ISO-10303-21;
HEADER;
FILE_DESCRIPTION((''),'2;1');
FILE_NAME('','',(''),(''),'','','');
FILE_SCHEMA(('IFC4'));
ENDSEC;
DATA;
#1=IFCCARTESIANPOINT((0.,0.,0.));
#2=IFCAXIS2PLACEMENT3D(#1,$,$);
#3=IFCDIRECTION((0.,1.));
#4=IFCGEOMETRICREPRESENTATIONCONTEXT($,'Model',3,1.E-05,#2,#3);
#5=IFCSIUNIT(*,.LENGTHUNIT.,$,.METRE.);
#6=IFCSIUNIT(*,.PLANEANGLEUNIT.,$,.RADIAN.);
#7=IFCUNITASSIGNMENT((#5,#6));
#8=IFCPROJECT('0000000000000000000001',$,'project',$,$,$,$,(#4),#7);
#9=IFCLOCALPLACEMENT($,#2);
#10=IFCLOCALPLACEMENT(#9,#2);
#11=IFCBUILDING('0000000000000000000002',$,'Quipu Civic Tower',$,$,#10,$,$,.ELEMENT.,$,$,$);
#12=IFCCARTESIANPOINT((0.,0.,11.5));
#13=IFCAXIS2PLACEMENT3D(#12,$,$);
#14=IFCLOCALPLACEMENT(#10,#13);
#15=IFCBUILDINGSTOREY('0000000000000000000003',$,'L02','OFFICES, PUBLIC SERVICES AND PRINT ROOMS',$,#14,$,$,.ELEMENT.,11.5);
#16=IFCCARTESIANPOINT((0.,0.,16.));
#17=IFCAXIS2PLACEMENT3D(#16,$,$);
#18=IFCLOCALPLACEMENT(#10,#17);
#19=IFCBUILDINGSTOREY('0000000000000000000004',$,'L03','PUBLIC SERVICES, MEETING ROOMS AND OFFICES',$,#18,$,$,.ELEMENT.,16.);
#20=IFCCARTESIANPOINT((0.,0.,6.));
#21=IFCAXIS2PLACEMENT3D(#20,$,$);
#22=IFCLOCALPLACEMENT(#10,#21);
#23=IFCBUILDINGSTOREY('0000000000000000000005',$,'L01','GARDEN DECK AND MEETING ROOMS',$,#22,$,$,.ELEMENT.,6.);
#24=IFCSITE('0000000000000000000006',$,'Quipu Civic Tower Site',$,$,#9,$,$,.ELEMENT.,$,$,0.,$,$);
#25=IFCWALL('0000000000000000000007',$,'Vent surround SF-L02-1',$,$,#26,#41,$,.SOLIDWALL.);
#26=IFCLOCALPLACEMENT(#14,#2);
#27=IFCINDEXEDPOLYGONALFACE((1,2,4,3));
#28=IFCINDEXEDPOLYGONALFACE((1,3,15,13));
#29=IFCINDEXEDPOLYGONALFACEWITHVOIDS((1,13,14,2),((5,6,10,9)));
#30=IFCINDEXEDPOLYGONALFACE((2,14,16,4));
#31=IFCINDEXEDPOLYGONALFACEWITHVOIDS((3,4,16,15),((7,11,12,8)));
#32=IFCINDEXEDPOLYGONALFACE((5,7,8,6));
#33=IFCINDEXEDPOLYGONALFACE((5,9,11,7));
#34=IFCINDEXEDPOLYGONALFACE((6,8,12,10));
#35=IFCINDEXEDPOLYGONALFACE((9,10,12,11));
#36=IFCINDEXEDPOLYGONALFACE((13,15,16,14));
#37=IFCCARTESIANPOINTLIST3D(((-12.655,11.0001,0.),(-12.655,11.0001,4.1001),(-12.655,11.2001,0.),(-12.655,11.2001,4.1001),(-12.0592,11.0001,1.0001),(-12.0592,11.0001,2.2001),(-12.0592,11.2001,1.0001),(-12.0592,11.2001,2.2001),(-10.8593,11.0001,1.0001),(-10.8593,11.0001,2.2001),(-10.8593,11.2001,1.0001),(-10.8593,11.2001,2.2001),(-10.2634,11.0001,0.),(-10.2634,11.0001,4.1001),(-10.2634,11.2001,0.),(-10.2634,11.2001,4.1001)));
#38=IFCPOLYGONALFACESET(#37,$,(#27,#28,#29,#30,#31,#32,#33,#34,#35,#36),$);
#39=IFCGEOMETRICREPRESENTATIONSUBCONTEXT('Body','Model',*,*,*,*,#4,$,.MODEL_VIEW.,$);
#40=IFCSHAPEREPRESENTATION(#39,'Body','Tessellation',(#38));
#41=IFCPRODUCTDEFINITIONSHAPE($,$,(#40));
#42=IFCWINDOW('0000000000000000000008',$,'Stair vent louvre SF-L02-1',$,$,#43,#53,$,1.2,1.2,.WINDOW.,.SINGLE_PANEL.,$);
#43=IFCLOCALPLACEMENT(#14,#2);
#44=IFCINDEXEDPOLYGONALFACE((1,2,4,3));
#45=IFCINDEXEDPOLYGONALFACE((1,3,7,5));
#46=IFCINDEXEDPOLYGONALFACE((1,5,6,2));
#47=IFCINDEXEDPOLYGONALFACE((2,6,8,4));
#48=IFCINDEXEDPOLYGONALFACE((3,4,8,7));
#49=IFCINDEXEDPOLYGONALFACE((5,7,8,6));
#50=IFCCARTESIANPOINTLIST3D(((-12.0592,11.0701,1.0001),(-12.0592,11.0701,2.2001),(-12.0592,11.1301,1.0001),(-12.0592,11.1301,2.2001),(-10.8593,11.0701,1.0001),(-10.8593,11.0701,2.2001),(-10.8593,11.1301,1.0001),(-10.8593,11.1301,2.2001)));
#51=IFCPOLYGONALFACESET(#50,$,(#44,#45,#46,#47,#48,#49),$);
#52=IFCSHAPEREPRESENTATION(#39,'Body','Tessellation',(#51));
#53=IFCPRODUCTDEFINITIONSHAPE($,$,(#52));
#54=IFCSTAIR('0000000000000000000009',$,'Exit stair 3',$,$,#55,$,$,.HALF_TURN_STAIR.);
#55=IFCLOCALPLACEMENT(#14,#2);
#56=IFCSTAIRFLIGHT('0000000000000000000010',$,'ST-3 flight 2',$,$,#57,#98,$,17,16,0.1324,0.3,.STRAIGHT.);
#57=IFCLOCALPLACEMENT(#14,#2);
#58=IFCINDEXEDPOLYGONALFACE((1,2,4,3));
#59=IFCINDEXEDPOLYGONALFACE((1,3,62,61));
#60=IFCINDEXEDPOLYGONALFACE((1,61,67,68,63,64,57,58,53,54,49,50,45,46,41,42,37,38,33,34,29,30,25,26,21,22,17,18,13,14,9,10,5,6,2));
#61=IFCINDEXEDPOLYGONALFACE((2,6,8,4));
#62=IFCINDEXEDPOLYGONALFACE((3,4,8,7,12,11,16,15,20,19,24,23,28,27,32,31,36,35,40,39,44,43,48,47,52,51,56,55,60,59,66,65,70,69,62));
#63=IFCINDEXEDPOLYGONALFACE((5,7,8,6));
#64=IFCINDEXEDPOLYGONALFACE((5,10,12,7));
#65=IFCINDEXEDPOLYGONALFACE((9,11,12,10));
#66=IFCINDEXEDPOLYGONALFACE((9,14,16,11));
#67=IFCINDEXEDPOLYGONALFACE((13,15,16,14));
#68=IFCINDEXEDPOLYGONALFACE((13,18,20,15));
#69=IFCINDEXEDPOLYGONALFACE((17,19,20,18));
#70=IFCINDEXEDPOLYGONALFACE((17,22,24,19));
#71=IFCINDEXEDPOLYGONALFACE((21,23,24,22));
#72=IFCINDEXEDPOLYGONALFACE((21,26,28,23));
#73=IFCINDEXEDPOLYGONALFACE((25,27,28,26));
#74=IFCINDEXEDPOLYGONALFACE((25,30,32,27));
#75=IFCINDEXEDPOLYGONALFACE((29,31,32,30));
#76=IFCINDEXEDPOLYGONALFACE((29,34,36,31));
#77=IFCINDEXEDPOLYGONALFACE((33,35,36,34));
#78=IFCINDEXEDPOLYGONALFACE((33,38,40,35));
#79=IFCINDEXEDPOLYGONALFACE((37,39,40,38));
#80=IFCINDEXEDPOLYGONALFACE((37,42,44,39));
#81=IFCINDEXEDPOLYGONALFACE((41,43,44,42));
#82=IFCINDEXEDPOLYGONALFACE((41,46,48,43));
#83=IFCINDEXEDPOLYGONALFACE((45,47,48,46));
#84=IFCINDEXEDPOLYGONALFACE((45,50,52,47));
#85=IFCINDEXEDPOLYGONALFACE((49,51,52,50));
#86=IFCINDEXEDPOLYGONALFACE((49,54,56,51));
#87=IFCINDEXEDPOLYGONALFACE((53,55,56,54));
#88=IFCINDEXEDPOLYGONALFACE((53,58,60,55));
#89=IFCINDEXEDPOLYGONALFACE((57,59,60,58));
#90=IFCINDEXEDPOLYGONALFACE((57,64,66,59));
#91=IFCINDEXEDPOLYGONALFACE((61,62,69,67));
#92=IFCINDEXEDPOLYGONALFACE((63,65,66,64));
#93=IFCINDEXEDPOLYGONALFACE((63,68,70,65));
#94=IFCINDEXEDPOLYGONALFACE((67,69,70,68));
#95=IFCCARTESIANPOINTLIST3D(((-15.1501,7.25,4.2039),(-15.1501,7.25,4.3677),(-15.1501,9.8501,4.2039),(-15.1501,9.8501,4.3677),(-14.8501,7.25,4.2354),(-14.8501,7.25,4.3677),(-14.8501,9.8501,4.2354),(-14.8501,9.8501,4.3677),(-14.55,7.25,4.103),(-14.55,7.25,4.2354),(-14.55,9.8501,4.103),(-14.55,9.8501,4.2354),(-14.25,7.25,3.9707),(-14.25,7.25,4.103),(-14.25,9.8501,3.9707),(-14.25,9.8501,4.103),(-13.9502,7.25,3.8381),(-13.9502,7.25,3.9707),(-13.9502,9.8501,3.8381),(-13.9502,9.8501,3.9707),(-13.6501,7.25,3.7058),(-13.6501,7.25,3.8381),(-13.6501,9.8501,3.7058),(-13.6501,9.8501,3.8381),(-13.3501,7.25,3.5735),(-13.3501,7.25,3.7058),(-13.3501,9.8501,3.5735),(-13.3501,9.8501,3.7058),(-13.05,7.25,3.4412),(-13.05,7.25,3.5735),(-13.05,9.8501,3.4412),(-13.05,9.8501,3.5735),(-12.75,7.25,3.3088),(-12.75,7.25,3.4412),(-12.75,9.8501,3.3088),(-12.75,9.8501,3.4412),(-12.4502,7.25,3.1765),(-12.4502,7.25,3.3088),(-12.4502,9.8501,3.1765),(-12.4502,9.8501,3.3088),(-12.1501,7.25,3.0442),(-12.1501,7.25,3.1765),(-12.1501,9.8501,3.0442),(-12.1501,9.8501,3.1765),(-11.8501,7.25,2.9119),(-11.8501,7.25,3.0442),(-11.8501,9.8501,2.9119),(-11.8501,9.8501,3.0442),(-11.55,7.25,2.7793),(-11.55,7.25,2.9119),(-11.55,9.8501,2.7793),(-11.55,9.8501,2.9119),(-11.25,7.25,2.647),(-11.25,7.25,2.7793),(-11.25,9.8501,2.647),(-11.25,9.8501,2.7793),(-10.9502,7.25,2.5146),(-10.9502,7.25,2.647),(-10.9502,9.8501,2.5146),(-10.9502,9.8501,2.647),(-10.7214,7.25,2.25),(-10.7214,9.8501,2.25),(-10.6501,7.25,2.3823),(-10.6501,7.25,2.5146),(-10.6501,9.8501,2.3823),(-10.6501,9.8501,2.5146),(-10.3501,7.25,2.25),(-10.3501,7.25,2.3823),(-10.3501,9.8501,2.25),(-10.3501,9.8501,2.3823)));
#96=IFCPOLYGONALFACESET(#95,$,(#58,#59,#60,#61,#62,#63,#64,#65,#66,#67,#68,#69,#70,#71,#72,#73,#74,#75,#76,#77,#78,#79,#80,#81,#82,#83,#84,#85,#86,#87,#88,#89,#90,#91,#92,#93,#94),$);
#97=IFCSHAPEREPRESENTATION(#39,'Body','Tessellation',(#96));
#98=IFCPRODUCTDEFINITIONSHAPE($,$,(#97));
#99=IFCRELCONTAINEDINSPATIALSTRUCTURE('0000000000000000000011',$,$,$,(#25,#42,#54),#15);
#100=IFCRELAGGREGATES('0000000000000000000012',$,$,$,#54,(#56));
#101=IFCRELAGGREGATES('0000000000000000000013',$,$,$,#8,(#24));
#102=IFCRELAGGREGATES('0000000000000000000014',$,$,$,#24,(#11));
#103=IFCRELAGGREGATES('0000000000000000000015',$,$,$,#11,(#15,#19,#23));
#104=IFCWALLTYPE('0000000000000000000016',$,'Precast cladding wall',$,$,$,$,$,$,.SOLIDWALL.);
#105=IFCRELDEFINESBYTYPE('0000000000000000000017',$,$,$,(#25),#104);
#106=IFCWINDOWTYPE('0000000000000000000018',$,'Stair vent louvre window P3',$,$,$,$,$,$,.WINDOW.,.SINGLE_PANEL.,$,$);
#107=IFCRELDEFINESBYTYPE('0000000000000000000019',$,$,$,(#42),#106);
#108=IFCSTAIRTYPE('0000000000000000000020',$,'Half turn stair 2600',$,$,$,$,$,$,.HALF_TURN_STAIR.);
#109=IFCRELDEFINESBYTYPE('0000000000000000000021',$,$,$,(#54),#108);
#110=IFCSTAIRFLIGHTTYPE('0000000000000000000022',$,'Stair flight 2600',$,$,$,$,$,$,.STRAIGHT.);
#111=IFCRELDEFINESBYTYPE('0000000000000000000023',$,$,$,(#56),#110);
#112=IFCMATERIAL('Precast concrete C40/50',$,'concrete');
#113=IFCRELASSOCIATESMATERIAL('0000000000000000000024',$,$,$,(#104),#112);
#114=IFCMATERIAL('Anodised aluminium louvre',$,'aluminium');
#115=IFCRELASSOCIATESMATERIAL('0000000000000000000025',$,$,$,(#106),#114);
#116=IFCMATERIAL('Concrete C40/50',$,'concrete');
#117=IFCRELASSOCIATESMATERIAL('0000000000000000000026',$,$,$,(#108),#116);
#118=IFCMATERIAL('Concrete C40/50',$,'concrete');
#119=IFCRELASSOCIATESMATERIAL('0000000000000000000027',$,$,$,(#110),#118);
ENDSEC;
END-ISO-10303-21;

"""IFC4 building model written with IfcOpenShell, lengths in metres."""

from ifc_helpers import new_model, si_unit, direction, frame, frame_2d, origin, place, context, subcontext, project, spatial, polyline, rectangle, outline, extrude, material, type_object, element, fill, aggregate, save


model = new_model("IFC4")

# Units and contexts
model_context = context("Model", 3, precision=1e-05, world=origin(), true_north=direction((0.0, 1.0)))
body_context = subcontext(model_context, "Body", "Model", "MODEL_VIEW")
ifc_project = project(units=[si_unit("LENGTHUNIT", "METRE"), si_unit("PLANEANGLEUNIT", "RADIAN")], contexts=[model_context])

# Site, building, storey
site_placement = place(None, origin())
site = spatial("IfcSite", under=ifc_project, at=site_placement, Name="Quipu Civic Tower Site", CompositionType="ELEMENT", RefElevation=0.0)
building_placement = place(site_placement, origin())
building = spatial("IfcBuilding", under=site, at=building_placement, Name="Quipu Civic Tower", CompositionType="ELEMENT")
storey_1_placement = place(building_placement, frame((0.0, 0.0, 11.5)))
storey_1 = spatial("IfcBuildingStorey", under=building, at=storey_1_placement, Name="L02", Description="OFFICES, PUBLIC SERVICES AND PRINT ROOMS", CompositionType="ELEMENT", Elevation=11.5)

# Shared definitions
storey_2_placement = place(building_placement, frame((0.0, 0.0, 16.0)))
storey_2 = spatial("IfcBuildingStorey", under=building, at=storey_2_placement, Name="L03", Description="PUBLIC SERVICES, MEETING ROOMS AND OFFICES", CompositionType="ELEMENT", Elevation=16.0)

# Shared definitions
storey_3_placement = place(building_placement, frame((0.0, 0.0, 6.0)))
storey_3 = spatial("IfcBuildingStorey", under=building, at=storey_3_placement, Name="L01", Description="GARDEN DECK AND MEETING ROOMS", CompositionType="ELEMENT", Elevation=6.0)

# Wall, opening, window
ifc_material_1 = material(Name="Precast concrete C40/50", Category="concrete")
wall_type_1 = type_object("IfcWallType", Name="Precast cladding wall", PredefinedType="SOLIDWALL", material=ifc_material_1)
wall_1_placement = place(storey_1_placement, frame((-10.2634, 11.1001, 0.0), z_axis=(0.0, 0.0, 1.0), x_axis=(-1.0, 0.0, 0.0)))
wall_1 = element("IfcWall", 1, at=wall_1_placement, inside=storey_1, type_object=wall_type_1, Name="Vent surround SF-L02-1", PredefinedType="SOLIDWALL", context=body_context, shape_type="SweptSolid", body=[
    extrude(rectangle(XDim=2.3916, YDim=0.2, at=frame_2d((1.1958, 0.0))), origin(), (0.0, 0.0, 1.0), 4.1001),
])
opening_placement = place(wall_1_placement, frame((0.5957, 0.0, 1.0)))
opening = element("IfcOpeningElement", 2, at=opening_placement, cuts=wall_1, PredefinedType="OPENING", context=body_context, shape_type="SweptSolid", body=[
    extrude(rectangle(XDim=1.2, YDim=1.2, at=frame_2d((0.6001, 0.6001))), frame((0.0, 0.1099, 0.0), z_axis=(0.0, -1.0, 0.0), x_axis=(1.0, 0.0, 0.0)), (0.0, 0.0, 1.0), 0.22),
])
ifc_material_2 = material(Name="Anodised aluminium louvre", Category="aluminium")
window_type = type_object("IfcWindowType", Name="Stair vent louvre window P3", PartitioningType="SINGLE_PANEL", PredefinedType="WINDOW", material=ifc_material_2)
window_placement = place(opening_placement, origin())
window = element("IfcWindow", 3, at=window_placement, inside=storey_1, type_object=window_type, Name="Stair vent louvre SF-L02-1", OverallHeight=1.2, OverallWidth=1.2, PartitioningType="SINGLE_PANEL", PredefinedType="WINDOW", context=body_context, shape_type="SweptSolid", body=[
    extrude(rectangle(XDim=1.2, YDim=1.2, at=frame_2d((0.6001, 0.6001))), frame((0.0, 0.03, 0.0), z_axis=(0.0, -1.0, 0.0), x_axis=(1.0, 0.0, 0.0)), (0.0, 0.0, 1.0), 0.0601),
])
fill(opening, window)

# Stair, stair flight
ifc_material_3 = material(Name="Concrete C40/50", Category="concrete")
stair_type = type_object("IfcStairType", Name="Half turn stair 2600", PredefinedType="HALF_TURN_STAIR", material=ifc_material_3)
stair_placement = place(storey_1_placement, origin())
stair = element("IfcStair", 4, at=stair_placement, inside=storey_1, type_object=stair_type, Name="Exit stair 3", PredefinedType="HALF_TURN_STAIR")
ifc_material_4 = material(Name="Concrete C40/50", Category="concrete")
stair_flight_type = type_object("IfcStairFlightType", Name="Stair flight 2600", PredefinedType="STRAIGHT", material=ifc_material_4)
stair_flight_placement = place(storey_1_placement, frame((-10.3501, 8.55, 2.25), z_axis=(0.0, 0.0, 1.0), x_axis=(-1.0, 0.0, 0.0)))
stair_flight = element("IfcStairFlight", 5, at=stair_flight_placement, type_object=stair_flight_type, Name="ST-3 flight 2", NumberOfRisers=17, NumberOfTreads=16, PredefinedType="STRAIGHT", RiserHeight=0.1324, TreadLength=0.3, context=body_context, shape_type="SweptSolid", body=[
    extrude(outline(polyline([(0.0, 0.0), (0.0, 0.1323), (0.3, 0.1323), (0.3, 0.2646), (0.6001, 0.2646), (0.6001, 0.397), (0.8999, 0.397), (0.8999, 0.5293), (1.2, 0.5293), (1.2, 0.6619), (1.5, 0.6619), (1.5, 0.7942), (1.8, 0.7942), (1.8, 0.9265), (2.1001, 0.9265), (2.1001, 1.0588), (2.3999, 1.0588), (2.3999, 1.1912), (2.7, 1.1912), (2.7, 1.3235), (3.0, 1.3235), (3.0, 1.4558), (3.3, 1.4558), (3.3, 1.5881), (3.6001, 1.5881), (3.6001, 1.7207), (3.8999, 1.7207), (3.8999, 1.853), (4.2, 1.853), (4.2, 1.9854), (4.5, 1.9854), (4.5, 2.1177), (4.8, 2.1177), (4.8, 2.25), (4.8, 1.9539), (0.3713, 0.0), (0.0, 0.0)])), frame((0.0, 1.3, 0.0), z_axis=(0.0, -1.0, 0.0), x_axis=(1.0, 0.0, 0.0)), (0.0, 0.0, 1.0), 2.6001),
])
aggregate(stair, [stair_flight])

save(model, "model.ifc")
